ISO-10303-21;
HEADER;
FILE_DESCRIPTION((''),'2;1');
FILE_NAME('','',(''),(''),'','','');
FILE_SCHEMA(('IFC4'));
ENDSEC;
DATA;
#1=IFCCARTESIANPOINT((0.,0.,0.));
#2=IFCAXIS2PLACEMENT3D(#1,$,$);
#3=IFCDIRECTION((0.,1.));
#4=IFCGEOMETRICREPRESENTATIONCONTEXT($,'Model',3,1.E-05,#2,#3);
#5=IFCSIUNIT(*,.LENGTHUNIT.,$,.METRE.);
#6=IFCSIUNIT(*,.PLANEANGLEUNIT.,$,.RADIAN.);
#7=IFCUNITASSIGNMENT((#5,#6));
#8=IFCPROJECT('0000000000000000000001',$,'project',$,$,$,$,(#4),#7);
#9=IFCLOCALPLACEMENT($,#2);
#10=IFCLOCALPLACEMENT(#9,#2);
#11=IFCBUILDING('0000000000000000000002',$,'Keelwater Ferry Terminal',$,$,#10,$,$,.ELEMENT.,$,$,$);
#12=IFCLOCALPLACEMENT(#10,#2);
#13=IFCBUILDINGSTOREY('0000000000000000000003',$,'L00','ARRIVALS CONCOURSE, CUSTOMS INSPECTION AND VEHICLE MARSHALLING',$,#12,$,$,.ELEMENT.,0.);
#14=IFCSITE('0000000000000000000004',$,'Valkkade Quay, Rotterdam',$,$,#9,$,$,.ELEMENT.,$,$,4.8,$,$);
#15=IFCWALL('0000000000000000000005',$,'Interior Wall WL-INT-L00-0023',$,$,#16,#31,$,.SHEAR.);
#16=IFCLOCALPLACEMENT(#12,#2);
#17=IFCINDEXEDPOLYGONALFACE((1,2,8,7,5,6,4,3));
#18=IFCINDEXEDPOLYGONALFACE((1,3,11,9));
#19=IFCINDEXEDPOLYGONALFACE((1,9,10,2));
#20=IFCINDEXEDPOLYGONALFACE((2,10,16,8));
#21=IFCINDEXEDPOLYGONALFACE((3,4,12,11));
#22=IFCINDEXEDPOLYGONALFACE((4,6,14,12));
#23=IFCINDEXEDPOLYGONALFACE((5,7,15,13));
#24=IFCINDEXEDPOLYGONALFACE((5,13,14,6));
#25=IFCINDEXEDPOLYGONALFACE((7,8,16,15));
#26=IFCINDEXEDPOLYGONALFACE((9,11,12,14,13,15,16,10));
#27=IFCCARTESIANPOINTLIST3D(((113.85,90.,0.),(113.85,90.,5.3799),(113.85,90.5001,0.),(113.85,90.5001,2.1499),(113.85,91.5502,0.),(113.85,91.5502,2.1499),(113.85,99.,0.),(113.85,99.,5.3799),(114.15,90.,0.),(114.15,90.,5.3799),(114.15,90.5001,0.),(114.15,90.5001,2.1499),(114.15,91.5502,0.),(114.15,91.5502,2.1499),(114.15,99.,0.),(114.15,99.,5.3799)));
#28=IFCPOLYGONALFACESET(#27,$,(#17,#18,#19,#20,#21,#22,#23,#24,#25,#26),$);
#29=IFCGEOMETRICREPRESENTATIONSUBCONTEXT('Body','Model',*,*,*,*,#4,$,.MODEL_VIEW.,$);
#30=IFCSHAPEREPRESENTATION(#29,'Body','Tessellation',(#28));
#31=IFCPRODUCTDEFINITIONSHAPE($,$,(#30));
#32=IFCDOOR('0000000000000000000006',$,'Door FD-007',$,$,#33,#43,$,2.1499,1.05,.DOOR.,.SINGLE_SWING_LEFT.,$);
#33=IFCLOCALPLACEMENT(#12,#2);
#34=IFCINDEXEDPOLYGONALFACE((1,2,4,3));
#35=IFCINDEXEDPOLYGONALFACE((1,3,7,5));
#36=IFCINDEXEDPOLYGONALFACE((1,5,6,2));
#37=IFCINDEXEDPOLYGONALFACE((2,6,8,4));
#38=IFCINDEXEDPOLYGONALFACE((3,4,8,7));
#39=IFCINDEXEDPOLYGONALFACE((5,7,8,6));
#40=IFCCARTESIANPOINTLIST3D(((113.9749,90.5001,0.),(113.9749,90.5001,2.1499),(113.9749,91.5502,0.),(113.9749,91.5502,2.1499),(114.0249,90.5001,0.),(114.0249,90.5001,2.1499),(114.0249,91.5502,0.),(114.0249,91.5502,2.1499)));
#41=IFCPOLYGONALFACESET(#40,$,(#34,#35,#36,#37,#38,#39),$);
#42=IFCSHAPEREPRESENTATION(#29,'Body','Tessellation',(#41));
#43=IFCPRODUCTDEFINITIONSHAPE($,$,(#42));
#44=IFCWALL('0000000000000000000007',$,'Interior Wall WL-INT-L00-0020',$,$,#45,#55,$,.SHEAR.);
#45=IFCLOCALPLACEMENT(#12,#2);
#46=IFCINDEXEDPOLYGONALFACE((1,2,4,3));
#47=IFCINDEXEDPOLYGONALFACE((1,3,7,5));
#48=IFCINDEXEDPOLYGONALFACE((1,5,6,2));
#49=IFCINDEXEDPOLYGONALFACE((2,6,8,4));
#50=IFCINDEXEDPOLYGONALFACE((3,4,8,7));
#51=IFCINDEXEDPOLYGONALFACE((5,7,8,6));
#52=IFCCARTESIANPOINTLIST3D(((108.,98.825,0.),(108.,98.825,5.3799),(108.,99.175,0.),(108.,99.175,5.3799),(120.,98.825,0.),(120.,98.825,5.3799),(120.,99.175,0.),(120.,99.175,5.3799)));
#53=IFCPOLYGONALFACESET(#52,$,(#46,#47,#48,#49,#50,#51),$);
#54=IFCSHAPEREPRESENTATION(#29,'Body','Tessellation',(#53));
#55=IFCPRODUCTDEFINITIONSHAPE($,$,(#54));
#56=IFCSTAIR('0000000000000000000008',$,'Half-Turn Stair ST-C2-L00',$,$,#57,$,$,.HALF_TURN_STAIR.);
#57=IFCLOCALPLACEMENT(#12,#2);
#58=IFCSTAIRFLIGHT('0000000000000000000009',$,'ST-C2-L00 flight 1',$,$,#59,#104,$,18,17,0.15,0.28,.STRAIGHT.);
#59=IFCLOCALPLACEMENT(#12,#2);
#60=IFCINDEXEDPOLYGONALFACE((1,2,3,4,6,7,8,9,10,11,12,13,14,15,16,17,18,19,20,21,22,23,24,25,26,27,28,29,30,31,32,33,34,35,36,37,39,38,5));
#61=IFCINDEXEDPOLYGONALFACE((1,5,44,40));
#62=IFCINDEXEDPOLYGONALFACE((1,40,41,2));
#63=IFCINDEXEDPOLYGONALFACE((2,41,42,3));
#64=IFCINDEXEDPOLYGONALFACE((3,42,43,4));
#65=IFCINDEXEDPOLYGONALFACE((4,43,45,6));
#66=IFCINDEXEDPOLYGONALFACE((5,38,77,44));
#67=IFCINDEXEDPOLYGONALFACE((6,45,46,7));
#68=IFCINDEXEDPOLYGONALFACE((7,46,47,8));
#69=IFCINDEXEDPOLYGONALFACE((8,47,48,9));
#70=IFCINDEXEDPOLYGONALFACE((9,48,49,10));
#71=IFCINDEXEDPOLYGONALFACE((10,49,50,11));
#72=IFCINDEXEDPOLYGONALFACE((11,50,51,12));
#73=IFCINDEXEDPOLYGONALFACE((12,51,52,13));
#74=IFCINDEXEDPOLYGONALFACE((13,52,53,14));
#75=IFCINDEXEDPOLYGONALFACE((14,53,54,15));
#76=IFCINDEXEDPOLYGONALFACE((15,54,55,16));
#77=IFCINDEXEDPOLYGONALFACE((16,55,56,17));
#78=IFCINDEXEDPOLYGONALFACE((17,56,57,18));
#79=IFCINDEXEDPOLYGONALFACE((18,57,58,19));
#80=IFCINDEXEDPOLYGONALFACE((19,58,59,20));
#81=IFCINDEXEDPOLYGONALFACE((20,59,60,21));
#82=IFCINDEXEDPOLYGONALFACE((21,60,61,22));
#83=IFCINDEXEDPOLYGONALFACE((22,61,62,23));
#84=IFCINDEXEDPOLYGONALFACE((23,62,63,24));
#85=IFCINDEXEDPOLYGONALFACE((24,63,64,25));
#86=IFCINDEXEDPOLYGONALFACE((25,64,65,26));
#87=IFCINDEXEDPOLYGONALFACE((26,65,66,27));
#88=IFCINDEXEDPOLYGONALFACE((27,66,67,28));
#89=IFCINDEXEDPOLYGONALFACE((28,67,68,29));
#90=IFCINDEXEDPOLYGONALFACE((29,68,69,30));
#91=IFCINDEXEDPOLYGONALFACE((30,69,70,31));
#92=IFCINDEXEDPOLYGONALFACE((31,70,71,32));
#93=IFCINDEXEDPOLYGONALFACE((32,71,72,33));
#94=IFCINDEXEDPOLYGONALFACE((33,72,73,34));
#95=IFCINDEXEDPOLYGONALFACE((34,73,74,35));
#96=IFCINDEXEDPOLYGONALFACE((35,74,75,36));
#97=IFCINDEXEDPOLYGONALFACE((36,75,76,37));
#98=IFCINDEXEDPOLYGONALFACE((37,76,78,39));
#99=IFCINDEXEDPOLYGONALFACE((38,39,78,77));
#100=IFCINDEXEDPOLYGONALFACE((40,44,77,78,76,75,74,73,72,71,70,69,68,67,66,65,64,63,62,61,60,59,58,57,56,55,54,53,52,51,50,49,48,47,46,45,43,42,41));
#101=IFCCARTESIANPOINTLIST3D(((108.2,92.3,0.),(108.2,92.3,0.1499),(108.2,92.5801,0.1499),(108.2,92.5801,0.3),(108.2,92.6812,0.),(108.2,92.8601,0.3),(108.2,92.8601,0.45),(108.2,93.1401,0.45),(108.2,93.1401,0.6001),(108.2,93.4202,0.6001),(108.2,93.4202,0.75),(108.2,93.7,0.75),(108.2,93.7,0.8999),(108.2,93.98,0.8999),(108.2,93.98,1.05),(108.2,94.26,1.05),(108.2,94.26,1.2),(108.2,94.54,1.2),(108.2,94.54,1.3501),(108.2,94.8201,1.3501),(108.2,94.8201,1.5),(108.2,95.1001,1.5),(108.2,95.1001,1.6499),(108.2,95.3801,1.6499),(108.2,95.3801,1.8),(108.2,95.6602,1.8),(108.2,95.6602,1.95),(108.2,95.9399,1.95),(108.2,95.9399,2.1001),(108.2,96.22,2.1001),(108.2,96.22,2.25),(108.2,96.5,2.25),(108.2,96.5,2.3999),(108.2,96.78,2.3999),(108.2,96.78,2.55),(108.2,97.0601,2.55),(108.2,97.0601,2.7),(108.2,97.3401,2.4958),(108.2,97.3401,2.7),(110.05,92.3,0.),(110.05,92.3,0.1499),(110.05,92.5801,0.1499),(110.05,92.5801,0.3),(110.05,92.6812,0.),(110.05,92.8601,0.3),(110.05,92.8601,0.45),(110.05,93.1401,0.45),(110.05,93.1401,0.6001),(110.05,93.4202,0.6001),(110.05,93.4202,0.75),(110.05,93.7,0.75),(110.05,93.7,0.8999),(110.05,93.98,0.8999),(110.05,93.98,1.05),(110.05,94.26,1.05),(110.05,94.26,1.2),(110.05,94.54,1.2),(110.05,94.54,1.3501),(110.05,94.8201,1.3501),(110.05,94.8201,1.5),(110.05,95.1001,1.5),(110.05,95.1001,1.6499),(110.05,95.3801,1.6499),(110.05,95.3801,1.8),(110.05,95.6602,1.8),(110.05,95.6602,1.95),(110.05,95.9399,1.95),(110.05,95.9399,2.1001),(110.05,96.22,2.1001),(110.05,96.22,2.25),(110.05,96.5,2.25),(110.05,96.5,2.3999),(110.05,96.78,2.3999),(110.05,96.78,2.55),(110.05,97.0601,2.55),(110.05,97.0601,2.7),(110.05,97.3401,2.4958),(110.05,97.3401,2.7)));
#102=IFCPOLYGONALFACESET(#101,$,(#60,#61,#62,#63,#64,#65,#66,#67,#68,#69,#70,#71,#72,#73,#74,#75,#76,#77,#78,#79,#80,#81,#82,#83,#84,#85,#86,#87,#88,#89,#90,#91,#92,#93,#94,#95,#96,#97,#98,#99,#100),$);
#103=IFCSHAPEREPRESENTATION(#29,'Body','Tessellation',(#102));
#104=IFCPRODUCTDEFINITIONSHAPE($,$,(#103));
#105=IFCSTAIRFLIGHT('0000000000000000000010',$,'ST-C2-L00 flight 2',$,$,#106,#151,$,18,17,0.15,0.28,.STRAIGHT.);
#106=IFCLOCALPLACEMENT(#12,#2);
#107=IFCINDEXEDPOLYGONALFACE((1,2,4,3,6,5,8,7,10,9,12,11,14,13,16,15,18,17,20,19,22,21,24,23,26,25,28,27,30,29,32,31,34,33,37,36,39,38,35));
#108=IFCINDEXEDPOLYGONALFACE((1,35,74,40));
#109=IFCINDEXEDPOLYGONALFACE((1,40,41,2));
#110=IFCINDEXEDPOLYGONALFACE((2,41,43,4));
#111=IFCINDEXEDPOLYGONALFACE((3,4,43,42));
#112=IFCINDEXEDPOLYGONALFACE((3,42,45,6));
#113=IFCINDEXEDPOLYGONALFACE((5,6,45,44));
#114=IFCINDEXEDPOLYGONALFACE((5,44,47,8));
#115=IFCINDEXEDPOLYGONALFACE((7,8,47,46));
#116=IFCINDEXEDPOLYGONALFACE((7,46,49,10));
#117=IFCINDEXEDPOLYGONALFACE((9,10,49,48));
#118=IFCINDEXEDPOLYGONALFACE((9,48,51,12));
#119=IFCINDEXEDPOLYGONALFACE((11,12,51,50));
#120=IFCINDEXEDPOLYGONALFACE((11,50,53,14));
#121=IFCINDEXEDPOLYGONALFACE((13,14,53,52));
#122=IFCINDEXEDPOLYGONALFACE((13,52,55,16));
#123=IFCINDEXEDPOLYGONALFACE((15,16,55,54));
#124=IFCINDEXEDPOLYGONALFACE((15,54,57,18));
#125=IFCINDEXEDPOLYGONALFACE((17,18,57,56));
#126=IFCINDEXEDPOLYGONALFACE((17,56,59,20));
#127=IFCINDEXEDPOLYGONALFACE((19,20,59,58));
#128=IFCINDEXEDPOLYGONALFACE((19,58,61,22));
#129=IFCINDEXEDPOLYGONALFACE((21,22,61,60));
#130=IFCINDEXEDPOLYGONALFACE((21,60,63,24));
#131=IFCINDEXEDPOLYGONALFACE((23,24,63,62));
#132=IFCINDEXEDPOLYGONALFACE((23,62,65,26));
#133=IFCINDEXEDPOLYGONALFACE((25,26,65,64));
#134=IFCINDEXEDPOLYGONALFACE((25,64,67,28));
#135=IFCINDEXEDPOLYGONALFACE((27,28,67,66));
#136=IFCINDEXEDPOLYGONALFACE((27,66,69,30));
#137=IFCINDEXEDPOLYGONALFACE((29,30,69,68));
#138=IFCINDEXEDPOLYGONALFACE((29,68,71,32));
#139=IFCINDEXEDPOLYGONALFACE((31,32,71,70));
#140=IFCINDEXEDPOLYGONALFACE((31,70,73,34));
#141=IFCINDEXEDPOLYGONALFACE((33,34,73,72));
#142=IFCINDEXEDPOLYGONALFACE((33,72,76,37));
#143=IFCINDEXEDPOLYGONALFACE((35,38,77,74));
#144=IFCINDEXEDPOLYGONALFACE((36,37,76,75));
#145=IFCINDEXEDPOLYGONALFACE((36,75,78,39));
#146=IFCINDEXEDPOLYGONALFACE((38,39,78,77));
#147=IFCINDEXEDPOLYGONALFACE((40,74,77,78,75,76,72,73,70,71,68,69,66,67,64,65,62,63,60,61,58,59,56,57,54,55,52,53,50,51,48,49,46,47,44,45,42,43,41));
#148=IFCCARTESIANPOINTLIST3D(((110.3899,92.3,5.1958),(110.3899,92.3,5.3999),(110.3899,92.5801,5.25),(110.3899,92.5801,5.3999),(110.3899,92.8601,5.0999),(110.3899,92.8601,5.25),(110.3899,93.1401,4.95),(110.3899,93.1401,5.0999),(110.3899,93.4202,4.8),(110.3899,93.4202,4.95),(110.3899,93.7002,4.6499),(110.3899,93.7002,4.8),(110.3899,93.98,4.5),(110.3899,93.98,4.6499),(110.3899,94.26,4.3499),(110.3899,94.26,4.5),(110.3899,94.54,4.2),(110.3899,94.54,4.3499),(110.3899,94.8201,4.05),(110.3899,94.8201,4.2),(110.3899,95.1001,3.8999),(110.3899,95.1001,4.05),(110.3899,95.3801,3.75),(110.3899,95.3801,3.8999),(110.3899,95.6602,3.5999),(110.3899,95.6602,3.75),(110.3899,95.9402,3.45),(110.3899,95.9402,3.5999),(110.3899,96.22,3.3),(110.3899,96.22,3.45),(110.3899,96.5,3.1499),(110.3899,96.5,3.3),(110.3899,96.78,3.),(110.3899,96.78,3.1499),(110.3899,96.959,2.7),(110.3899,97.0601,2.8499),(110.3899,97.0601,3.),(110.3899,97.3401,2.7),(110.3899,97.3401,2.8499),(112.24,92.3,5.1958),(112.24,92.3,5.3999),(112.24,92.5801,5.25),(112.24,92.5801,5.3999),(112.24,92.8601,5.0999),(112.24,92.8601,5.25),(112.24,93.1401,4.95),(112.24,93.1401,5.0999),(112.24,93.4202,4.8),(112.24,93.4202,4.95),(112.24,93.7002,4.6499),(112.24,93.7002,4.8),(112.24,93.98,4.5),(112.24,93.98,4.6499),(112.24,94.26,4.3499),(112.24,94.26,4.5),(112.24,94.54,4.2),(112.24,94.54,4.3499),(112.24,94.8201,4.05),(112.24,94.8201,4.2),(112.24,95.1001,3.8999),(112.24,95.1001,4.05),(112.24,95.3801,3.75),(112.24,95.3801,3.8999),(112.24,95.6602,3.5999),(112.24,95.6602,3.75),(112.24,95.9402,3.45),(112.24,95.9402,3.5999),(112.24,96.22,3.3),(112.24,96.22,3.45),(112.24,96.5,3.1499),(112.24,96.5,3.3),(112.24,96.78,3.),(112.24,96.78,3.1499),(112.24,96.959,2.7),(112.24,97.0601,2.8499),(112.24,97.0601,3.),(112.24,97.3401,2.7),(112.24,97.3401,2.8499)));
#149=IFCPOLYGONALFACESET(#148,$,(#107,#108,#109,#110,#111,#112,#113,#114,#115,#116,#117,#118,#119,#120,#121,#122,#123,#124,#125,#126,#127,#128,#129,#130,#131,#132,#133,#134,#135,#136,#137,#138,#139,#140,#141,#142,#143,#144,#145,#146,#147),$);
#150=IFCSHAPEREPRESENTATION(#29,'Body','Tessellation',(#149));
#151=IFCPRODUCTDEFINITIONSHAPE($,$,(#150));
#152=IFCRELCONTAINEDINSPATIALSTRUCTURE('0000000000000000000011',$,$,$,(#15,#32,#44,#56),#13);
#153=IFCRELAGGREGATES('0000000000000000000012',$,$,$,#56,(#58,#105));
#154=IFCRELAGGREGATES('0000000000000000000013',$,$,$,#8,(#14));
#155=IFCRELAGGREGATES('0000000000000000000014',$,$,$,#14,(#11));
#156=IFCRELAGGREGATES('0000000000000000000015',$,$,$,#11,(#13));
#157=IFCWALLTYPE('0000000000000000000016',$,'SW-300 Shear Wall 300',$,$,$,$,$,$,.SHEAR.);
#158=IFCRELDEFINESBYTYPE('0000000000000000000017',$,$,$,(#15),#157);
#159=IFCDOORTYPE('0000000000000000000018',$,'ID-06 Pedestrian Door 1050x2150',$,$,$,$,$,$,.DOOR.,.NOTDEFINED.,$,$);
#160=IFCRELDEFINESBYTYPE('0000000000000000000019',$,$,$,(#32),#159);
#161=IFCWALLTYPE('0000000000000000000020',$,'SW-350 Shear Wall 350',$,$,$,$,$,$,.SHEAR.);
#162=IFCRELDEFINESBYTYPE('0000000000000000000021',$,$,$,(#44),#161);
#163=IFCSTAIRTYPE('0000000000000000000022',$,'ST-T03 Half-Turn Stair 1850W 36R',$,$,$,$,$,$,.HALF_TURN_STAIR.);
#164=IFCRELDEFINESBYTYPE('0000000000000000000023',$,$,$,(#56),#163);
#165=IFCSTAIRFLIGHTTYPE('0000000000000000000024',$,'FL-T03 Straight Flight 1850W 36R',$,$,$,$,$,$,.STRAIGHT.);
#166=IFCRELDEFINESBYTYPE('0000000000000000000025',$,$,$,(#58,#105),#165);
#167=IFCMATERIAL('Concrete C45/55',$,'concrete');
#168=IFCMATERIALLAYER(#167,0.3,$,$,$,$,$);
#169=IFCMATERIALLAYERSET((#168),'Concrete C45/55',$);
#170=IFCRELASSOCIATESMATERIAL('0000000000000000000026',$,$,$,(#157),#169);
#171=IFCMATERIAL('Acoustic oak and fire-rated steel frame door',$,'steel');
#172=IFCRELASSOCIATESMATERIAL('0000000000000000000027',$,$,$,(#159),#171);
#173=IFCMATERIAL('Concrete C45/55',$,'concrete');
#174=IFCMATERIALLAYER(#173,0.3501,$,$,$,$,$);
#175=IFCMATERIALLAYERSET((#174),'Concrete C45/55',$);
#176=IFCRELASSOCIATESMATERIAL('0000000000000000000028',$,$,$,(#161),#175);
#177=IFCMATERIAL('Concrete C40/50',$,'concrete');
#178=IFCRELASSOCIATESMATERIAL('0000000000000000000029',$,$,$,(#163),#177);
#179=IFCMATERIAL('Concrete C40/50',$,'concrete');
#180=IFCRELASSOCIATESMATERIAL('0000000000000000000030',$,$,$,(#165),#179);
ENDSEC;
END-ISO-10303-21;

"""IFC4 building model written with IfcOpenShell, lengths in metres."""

from ifc_helpers import new_model, si_unit, direction, frame, frame_2d, origin, place, context, subcontext, project, spatial, polyline, rectangle, outline, extrude, material, layer, layer_set, type_object, element, fill, aggregate, save


model = new_model("IFC4")

# Units and contexts
model_context = context("Model", 3, precision=1e-05, world=origin(), true_north=direction((0.0, 1.0)))
body_context = subcontext(model_context, "Body", "Model", "MODEL_VIEW")
ifc_project = project(units=[si_unit("LENGTHUNIT", "METRE"), si_unit("PLANEANGLEUNIT", "RADIAN")], contexts=[model_context])

# Site, building, storey
site_placement = place(None, origin())
site = spatial("IfcSite", under=ifc_project, at=site_placement, Name="Valkkade Quay, Rotterdam", CompositionType="ELEMENT", RefElevation=4.8)
building_placement = place(site_placement, origin())
building = spatial("IfcBuilding", under=site, at=building_placement, Name="Keelwater Ferry Terminal", CompositionType="ELEMENT")
storey_placement = place(building_placement, origin())
storey = spatial("IfcBuildingStorey", under=building, at=storey_placement, Name="L00", Description="ARRIVALS CONCOURSE, CUSTOMS INSPECTION AND VEHICLE MARSHALLING", CompositionType="ELEMENT", Elevation=0.0)

# Wall, opening, door
ifc_material_1 = material(Name="Concrete C45/55", Category="concrete")
ifc_layer_1 = layer(ifc_material_1, 0.3)
ifc_layer_set_1 = layer_set([ifc_layer_1], Name="Concrete C45/55")
wall_type_1 = type_object("IfcWallType", Name="SW-300 Shear Wall 300", PredefinedType="SHEAR", material=ifc_layer_set_1)
wall_1_placement = place(storey_placement, frame((114.0, 99.0, 0.0), z_axis=(0.0, 0.0, 1.0), x_axis=(0.0, -1.0, 0.0)))
wall_1 = element("IfcWall", 1, at=wall_1_placement, inside=storey, type_object=wall_type_1, Name="Interior Wall WL-INT-L00-0023", PredefinedType="SHEAR", context=body_context, shape_type="SweptSolid", body=[
    extrude(rectangle(XDim=9.0, YDim=0.3, at=frame_2d((4.5, 0.0))), origin(), (0.0, 0.0, 1.0), 5.3799),
])
opening_1_placement = place(wall_1_placement, frame((7.45, 0.0, 0.0)))
opening_1 = element("IfcOpeningElement", 2, at=opening_1_placement, cuts=wall_1, PredefinedType="OPENING", context=body_context, shape_type="SweptSolid", body=[
    extrude(rectangle(XDim=1.05, YDim=2.1499, at=frame_2d((0.5249, 1.075))), frame((0.0, 0.1599, 0.0), z_axis=(0.0, -1.0, 0.0), x_axis=(1.0, 0.0, 0.0)), (0.0, 0.0, 1.0), 0.3201),
])
ifc_material_2 = material(Name="Acoustic oak and fire-rated steel frame door", Category="steel")
door_type_1 = type_object("IfcDoorType", Name="ID-06 Pedestrian Door 1050x2150", OperationType="NOTDEFINED", PredefinedType="DOOR", material=ifc_material_2)
door_1_placement = place(opening_1_placement, origin())
door_1 = element("IfcDoor", 3, at=door_1_placement, inside=storey, type_object=door_type_1, Name="Door FD-007", OperationType="SINGLE_SWING_LEFT", OverallHeight=2.1499, OverallWidth=1.05, PredefinedType="DOOR", context=body_context, shape_type="SweptSolid", body=[
    extrude(rectangle(XDim=1.05, YDim=2.1499, at=frame_2d((0.5249, 1.075))), frame((0.0, 0.0249, 0.0), z_axis=(0.0, -1.0, 0.0), x_axis=(1.0, 0.0, 0.0)), (0.0, 0.0, 1.0), 0.05),
])
fill(opening_1, door_1)

# Wall
ifc_material_3 = material(Name="Concrete C45/55", Category="concrete")
ifc_layer_2 = layer(ifc_material_3, 0.3501)
ifc_layer_set_2 = layer_set([ifc_layer_2], Name="Concrete C45/55")
wall_type_2 = type_object("IfcWallType", Name="SW-350 Shear Wall 350", PredefinedType="SHEAR", material=ifc_layer_set_2)
wall_2_placement = place(storey_placement, frame((108.0, 99.0, 0.0), z_axis=(0.0, 0.0, 1.0), x_axis=(1.0, 0.0, 0.0)))
element("IfcWall", 4, at=wall_2_placement, inside=storey, type_object=wall_type_2, Name="Interior Wall WL-INT-L00-0020", PredefinedType="SHEAR", context=body_context, shape_type="SweptSolid", body=[
    extrude(rectangle(XDim=12.0, YDim=0.3501, at=frame_2d((6.0, 0.0))), origin(), (0.0, 0.0, 1.0), 5.3799),
])

# Stair, stair flights
ifc_material_4 = material(Name="Concrete C40/50", Category="concrete")
stair_type = type_object("IfcStairType", Name="ST-T03 Half-Turn Stair 1850W 36R", PredefinedType="HALF_TURN_STAIR", material=ifc_material_4)
stair_placement = place(storey_placement, origin())
stair = element("IfcStair", 5, at=stair_placement, inside=storey, type_object=stair_type, Name="Half-Turn Stair ST-C2-L00", PredefinedType="HALF_TURN_STAIR")
ifc_material_5 = material(Name="Concrete C40/50", Category="concrete")
stair_flight_type = type_object("IfcStairFlightType", Name="FL-T03 Straight Flight 1850W 36R", PredefinedType="STRAIGHT", material=ifc_material_5)
stair_flight_1_placement = place(storey_placement, frame((109.125, 92.3, 0.0), z_axis=(0.0, 0.0, 1.0), x_axis=(0.0, 1.0, 0.0)))
stair_flight_1 = element("IfcStairFlight", 6, at=stair_flight_1_placement, type_object=stair_flight_type, Name="ST-C2-L00 flight 1", NumberOfRisers=18, NumberOfTreads=17, PredefinedType="STRAIGHT", RiserHeight=0.15, TreadLength=0.28, context=body_context, shape_type="SweptSolid", body=[
    extrude(outline(polyline([(0.0, 0.0), (0.0, 0.1499), (0.28, 0.1499), (0.28, 0.3), (0.5601, 0.3), (0.5601, 0.45), (0.8401, 0.45), (0.8401, 0.6001), (1.1201, 0.6001), (1.1201, 0.75), (1.3999, 0.75), (1.3999, 0.8999), (1.6799, 0.8999), (1.6799, 1.05), (1.96, 1.05), (1.96, 1.2), (2.24, 1.2), (2.24, 1.3501), (2.52, 1.3501), (2.52, 1.5), (2.8, 1.5), (2.8, 1.6499), (3.0801, 1.6499), (3.0801, 1.8), (3.3601, 1.8), (3.3601, 1.95), (3.6399, 1.95), (3.6399, 2.1001), (3.9199, 2.1001), (3.9199, 2.25), (4.2, 2.25), (4.2, 2.3999), (4.48, 2.3999), (4.48, 2.55), (4.76, 2.55), (4.76, 2.7), (5.04, 2.7), (5.04, 2.4958), (0.3811, 0.0), (0.0, 0.0)])), frame((0.0, 0.925, 0.0), z_axis=(0.0, -1.0, 0.0), x_axis=(1.0, 0.0, 0.0)), (0.0, 0.0, 1.0), 1.8501),
])
stair_flight_2_placement = place(storey_placement, frame((111.3149, 97.3401, 2.7), z_axis=(0.0, 0.0, 1.0), x_axis=(0.0, -1.0, 0.0)))
stair_flight_2 = element("IfcStairFlight", 7, at=stair_flight_2_placement, type_object=stair_flight_type, Name="ST-C2-L00 flight 2", NumberOfRisers=18, NumberOfTreads=17, PredefinedType="STRAIGHT", RiserHeight=0.15, TreadLength=0.28, context=body_context, shape_type="SweptSolid", body=[
    extrude(outline(polyline([(0.0, 0.0), (0.0, 0.1499), (0.28, 0.1499), (0.28, 0.3), (0.5601, 0.3), (0.5601, 0.45), (0.8401, 0.45), (0.8401, 0.6001), (1.1201, 0.6001), (1.1201, 0.75), (1.3999, 0.75), (1.3999, 0.8999), (1.6799, 0.8999), (1.6799, 1.05), (1.96, 1.05), (1.96, 1.2), (2.24, 1.2), (2.24, 1.3501), (2.52, 1.3501), (2.52, 1.5), (2.8, 1.5), (2.8, 1.6499), (3.0801, 1.6499), (3.0801, 1.8), (3.3601, 1.8), (3.3601, 1.95), (3.6399, 1.95), (3.6399, 2.1001), (3.9199, 2.1001), (3.9199, 2.25), (4.2, 2.25), (4.2, 2.3999), (4.48, 2.3999), (4.48, 2.55), (4.76, 2.55), (4.76, 2.7), (5.04, 2.7), (5.04, 2.4958), (0.3811, 0.0), (0.0, 0.0)])), frame((0.0, 0.925, 0.0), z_axis=(0.0, -1.0, 0.0), x_axis=(1.0, 0.0, 0.0)), (0.0, 0.0, 1.0), 1.8501),
])
aggregate(stair, [stair_flight_1, stair_flight_2])

save(model, "model.ifc")
